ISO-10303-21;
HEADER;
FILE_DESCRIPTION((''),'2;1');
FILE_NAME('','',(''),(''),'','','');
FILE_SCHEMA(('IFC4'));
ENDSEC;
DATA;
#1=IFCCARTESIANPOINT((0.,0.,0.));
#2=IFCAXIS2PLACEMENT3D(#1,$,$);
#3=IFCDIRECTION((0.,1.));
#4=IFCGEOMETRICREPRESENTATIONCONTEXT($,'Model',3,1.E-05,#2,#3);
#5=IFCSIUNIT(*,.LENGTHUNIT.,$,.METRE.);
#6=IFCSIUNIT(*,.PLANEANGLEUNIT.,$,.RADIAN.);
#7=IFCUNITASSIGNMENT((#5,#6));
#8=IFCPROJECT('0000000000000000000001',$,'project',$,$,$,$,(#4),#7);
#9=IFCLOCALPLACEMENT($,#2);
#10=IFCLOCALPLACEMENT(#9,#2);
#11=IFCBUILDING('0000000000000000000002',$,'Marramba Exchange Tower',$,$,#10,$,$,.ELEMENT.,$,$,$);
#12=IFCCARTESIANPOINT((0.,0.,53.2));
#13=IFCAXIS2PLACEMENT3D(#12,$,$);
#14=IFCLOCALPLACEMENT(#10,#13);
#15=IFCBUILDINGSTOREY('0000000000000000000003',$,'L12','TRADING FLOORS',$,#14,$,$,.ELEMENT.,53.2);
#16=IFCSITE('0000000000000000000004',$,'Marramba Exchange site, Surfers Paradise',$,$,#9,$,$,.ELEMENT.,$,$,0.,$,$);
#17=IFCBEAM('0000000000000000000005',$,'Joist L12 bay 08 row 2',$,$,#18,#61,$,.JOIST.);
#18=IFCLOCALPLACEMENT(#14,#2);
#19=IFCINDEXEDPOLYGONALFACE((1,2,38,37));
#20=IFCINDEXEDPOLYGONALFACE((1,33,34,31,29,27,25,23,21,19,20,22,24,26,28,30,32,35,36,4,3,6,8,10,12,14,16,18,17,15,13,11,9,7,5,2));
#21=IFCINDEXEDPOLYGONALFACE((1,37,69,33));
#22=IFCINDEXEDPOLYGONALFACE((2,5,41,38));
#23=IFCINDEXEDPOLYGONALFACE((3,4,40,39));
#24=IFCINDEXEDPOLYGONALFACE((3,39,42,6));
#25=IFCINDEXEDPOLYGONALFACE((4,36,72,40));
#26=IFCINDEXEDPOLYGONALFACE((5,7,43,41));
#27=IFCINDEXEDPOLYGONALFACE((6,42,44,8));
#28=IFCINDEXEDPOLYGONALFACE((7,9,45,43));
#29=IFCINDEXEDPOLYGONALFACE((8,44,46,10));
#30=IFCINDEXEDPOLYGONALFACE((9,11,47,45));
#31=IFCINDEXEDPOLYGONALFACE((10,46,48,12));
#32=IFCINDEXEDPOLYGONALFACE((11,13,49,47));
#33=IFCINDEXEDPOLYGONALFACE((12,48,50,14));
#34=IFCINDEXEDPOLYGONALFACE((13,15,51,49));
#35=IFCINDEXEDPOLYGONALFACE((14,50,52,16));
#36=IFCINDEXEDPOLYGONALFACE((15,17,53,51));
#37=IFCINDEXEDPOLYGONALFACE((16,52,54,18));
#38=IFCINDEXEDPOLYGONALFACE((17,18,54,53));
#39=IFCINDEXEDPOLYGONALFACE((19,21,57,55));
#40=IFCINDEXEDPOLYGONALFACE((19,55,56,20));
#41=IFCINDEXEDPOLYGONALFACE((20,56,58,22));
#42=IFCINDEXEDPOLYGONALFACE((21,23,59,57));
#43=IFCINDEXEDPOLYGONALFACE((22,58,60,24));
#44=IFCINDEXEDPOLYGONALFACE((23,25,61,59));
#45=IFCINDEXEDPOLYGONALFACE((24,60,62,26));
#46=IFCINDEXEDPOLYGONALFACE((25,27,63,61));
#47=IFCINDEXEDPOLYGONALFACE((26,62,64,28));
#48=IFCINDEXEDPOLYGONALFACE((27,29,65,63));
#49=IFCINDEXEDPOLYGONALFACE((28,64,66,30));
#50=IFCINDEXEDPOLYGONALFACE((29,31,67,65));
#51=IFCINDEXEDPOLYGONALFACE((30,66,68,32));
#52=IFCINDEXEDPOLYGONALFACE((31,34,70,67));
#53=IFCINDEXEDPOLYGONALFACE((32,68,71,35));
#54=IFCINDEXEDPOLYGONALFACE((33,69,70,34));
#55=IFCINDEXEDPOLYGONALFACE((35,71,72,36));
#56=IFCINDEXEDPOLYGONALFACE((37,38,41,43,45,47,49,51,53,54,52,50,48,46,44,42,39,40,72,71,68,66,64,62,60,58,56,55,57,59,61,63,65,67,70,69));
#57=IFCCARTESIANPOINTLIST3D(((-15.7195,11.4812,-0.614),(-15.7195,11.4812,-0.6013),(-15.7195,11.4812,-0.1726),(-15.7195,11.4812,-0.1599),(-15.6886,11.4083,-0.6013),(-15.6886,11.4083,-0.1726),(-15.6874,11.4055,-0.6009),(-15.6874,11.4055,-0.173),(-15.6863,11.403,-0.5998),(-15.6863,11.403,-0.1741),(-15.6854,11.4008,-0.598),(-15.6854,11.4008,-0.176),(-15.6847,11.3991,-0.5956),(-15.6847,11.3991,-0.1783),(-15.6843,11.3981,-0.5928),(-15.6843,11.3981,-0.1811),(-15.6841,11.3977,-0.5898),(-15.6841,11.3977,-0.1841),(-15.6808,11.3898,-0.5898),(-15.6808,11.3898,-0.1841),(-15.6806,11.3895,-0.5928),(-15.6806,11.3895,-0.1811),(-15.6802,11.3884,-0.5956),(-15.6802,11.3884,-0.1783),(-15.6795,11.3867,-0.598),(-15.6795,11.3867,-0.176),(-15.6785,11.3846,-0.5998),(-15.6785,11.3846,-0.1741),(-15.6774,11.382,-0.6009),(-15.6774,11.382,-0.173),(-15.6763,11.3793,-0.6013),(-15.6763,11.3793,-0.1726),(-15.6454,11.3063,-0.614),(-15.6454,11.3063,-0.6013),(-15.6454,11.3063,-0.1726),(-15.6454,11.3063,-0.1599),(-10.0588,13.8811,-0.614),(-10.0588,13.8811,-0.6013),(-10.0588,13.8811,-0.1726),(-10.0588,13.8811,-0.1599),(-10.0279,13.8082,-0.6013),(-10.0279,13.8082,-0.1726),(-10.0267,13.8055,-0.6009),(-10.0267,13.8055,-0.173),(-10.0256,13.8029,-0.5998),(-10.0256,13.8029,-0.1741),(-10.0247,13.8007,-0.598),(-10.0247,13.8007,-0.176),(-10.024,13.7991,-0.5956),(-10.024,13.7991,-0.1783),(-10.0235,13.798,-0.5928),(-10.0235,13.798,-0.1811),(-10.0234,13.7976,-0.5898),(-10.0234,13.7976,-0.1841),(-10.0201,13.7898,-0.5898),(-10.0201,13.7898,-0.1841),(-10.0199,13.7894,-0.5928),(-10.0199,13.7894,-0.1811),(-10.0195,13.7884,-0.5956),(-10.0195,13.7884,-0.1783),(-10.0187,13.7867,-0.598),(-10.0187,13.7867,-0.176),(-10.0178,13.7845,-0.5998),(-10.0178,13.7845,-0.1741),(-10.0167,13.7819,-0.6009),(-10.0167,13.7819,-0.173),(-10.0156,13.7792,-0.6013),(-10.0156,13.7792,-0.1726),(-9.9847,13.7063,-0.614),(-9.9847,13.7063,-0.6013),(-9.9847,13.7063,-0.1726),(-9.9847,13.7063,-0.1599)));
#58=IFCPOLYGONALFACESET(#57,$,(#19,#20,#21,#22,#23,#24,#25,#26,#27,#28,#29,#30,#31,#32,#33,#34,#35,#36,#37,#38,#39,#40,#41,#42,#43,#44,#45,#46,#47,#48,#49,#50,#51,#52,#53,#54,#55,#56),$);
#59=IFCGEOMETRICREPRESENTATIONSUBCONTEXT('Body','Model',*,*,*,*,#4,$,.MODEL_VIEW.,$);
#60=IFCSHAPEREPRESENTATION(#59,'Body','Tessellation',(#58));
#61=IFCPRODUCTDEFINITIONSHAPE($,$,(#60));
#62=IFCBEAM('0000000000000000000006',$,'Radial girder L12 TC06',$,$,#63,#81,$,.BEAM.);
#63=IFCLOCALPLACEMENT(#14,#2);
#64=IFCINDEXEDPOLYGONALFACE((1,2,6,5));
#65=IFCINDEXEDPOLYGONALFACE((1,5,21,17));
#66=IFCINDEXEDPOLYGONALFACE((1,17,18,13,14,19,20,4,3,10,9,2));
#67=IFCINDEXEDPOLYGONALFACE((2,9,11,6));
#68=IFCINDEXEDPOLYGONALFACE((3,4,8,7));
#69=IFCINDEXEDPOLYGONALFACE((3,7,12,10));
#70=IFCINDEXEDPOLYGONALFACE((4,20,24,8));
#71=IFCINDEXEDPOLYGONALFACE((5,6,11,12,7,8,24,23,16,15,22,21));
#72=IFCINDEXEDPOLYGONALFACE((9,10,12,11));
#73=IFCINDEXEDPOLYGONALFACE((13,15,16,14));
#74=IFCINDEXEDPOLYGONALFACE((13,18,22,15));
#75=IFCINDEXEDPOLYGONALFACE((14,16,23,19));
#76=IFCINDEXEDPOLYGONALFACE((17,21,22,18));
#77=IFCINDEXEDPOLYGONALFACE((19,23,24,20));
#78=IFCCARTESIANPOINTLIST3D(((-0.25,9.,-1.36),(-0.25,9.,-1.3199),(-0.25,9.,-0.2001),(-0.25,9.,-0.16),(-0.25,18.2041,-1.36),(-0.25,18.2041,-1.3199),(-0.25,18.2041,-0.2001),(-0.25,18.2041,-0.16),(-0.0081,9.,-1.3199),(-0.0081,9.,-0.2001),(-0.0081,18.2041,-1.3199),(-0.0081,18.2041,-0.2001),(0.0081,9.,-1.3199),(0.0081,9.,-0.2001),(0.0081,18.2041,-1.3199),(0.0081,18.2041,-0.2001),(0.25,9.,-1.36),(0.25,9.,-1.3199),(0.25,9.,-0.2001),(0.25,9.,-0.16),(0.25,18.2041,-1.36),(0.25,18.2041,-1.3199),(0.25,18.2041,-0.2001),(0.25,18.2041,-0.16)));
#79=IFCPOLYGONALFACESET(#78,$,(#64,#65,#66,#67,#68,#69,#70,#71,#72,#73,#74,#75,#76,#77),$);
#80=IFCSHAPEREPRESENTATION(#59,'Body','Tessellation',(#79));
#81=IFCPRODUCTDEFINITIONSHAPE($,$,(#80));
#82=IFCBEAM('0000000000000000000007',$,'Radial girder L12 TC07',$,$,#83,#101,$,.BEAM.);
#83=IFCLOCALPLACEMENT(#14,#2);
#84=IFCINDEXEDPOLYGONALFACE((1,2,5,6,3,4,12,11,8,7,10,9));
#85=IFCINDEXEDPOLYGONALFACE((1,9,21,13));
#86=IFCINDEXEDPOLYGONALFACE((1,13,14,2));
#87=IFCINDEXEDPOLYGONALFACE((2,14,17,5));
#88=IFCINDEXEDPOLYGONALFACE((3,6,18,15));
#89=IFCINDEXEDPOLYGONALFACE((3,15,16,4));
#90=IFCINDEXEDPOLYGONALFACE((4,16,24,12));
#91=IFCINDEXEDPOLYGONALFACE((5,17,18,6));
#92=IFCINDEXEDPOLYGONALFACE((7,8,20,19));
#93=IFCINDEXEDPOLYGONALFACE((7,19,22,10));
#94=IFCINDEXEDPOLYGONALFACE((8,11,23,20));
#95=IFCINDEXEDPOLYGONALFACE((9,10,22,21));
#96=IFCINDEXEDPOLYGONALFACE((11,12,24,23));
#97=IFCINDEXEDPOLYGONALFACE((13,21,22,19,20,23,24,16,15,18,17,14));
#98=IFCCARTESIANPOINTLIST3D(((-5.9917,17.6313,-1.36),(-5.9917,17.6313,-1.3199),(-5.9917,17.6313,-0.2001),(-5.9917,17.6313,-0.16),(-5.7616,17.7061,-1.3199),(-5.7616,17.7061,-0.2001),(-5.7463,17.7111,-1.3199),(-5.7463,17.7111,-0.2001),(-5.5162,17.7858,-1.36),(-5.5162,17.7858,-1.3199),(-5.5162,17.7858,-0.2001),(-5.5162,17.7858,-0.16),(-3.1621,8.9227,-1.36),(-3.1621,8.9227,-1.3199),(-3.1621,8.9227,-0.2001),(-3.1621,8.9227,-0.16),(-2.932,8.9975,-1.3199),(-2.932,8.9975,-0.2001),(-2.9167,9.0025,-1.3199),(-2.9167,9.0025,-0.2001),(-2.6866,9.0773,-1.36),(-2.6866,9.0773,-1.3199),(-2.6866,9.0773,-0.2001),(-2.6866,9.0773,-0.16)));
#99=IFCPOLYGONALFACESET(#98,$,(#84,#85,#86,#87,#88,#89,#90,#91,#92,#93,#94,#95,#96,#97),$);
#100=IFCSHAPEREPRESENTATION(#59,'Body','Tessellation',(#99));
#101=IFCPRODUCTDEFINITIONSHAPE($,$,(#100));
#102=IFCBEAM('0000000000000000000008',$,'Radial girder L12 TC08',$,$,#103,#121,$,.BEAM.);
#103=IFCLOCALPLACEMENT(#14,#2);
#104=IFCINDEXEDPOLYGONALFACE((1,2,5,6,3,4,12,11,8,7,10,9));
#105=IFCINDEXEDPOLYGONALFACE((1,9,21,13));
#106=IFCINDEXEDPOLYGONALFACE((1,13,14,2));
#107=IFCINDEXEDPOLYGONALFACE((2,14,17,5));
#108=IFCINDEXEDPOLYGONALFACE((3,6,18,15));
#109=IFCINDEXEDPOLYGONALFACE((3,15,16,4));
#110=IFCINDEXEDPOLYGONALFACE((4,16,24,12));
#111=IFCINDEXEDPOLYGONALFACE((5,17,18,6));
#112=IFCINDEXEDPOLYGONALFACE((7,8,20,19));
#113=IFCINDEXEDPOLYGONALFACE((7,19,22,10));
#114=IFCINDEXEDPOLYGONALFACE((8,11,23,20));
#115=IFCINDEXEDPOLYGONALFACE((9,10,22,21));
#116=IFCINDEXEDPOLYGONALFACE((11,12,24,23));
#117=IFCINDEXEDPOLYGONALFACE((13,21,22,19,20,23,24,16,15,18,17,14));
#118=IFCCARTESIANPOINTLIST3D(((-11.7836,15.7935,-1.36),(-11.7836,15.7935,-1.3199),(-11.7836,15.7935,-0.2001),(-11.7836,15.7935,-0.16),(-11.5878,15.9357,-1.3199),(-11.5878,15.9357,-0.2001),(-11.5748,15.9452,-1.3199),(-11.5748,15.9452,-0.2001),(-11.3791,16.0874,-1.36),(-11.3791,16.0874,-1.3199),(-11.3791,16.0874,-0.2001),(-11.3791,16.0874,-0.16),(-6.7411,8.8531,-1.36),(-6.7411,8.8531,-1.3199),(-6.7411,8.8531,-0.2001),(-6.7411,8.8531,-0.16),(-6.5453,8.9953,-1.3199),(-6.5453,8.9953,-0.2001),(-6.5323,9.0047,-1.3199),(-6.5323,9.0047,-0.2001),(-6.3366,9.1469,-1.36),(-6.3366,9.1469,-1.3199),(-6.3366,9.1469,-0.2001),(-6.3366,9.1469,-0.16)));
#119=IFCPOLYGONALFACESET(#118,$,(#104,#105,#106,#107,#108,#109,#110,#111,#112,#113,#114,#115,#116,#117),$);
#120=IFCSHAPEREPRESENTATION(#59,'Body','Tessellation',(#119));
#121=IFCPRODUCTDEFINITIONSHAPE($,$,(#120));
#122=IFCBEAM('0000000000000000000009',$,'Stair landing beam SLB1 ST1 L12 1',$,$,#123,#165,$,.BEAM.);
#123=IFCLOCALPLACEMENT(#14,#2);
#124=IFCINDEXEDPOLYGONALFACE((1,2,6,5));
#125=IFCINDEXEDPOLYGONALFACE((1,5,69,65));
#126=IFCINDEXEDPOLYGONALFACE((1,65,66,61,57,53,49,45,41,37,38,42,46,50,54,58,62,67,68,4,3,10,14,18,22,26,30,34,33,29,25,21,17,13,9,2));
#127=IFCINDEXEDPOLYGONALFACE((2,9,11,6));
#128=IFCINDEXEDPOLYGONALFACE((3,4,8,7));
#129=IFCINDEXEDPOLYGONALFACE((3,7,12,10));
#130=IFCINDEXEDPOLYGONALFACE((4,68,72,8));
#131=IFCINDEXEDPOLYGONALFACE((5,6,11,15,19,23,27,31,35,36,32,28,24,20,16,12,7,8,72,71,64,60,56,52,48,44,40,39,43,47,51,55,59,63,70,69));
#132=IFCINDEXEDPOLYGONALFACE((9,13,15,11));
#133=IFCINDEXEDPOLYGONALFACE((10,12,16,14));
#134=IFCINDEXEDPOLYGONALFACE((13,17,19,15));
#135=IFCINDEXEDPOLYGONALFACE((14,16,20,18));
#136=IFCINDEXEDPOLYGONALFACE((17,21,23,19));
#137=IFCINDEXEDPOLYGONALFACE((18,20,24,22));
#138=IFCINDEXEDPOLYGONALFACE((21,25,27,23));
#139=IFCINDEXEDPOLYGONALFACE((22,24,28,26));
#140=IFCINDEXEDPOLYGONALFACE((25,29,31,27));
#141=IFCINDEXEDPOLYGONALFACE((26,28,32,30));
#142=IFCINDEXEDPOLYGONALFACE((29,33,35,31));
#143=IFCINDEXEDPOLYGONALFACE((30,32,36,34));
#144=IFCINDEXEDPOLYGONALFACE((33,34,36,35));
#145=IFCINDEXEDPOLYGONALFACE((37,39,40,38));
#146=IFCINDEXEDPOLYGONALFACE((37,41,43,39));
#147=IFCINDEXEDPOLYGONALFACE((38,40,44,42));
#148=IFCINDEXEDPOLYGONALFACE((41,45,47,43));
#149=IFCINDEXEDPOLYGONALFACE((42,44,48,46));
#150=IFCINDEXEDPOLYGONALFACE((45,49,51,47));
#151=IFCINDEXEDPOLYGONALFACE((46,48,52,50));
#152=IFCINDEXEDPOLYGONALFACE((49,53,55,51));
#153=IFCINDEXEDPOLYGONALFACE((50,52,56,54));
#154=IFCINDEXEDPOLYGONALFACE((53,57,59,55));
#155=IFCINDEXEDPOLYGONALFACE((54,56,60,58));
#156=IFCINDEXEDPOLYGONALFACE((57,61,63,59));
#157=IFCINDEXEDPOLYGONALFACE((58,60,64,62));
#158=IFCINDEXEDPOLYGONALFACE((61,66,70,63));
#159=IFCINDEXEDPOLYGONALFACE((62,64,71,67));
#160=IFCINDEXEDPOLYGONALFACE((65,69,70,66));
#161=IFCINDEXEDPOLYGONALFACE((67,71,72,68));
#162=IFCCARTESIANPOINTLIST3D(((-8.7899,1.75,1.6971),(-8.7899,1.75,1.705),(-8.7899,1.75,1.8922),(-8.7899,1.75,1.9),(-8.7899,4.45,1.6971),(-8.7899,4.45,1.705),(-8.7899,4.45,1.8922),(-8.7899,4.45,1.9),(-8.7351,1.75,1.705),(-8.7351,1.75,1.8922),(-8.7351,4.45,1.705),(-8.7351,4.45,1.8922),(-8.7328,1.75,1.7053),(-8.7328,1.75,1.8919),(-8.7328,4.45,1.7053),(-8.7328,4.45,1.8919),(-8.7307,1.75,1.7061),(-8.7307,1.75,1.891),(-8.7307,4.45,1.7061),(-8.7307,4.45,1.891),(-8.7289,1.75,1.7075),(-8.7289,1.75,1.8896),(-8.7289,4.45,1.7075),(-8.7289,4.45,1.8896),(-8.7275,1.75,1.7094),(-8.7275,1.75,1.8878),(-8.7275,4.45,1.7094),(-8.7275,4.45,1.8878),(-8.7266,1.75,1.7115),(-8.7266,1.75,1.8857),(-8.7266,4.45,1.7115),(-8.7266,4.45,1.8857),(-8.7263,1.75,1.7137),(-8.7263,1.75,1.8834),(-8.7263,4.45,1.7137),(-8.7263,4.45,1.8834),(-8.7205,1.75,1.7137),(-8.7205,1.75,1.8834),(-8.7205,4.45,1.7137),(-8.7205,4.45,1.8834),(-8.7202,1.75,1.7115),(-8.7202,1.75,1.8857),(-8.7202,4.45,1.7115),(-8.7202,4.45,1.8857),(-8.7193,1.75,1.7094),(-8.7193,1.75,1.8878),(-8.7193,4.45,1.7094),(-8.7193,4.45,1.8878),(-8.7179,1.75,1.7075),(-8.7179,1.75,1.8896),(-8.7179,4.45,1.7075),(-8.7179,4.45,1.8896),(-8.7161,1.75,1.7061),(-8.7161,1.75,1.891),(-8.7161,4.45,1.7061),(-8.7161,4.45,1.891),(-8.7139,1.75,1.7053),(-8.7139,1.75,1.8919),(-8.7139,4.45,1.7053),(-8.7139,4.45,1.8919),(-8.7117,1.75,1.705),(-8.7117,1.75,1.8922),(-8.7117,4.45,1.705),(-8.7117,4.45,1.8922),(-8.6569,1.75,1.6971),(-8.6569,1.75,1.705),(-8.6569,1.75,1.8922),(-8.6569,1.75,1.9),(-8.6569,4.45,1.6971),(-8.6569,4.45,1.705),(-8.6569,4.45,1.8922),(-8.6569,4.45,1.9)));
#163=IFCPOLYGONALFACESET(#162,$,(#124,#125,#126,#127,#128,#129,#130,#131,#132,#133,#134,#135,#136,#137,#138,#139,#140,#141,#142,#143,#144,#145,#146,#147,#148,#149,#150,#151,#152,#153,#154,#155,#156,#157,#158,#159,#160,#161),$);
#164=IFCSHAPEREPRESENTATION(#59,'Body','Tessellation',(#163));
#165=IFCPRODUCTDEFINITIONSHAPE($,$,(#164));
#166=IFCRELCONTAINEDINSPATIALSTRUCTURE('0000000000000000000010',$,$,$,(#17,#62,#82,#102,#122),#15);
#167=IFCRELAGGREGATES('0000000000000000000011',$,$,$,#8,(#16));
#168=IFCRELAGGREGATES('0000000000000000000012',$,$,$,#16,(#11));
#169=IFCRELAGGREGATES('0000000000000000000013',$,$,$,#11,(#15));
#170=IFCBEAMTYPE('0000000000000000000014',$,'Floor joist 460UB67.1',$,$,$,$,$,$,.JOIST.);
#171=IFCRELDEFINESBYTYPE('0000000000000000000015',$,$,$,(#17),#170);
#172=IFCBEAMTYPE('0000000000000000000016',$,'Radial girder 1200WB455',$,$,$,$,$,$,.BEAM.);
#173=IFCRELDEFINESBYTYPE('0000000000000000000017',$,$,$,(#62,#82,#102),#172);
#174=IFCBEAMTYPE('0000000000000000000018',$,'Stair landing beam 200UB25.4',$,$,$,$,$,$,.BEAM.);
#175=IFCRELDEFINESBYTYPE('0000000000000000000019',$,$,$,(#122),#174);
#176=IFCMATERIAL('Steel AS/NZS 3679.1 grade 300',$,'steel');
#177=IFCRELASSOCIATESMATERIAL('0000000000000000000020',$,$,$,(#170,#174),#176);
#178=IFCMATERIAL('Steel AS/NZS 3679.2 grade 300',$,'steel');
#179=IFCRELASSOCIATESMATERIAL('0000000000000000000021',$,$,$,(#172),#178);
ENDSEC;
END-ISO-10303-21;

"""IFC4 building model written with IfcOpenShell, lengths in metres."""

from ifc_helpers import new_model, si_unit, direction, frame, origin, origin_2d, place, context, subcontext, project, spatial, i_section, extrude, material, material_profile, profile_set, type_object, element, save


model = new_model("IFC4")

# Units and contexts
model_context = context("Model", 3, precision=1e-05, world=origin(), true_north=direction((0.0, 1.0)))
body_context = subcontext(model_context, "Body", "Model", "MODEL_VIEW")
ifc_project = project(units=[si_unit("LENGTHUNIT", "METRE"), si_unit("PLANEANGLEUNIT", "RADIAN")], contexts=[model_context])

# Site, building, storey
site_placement = place(None, origin())
site = spatial("IfcSite", under=ifc_project, at=site_placement, Name="Marramba Exchange site, Surfers Paradise", CompositionType="ELEMENT", RefElevation=0.0)
building_placement = place(site_placement, origin())
building = spatial("IfcBuilding", under=site, at=building_placement, Name="Marramba Exchange Tower", CompositionType="ELEMENT")
storey_placement = place(building_placement, frame((0.0, 0.0, 53.2)))
storey = spatial("IfcBuildingStorey", under=building, at=storey_placement, Name="L12", Description="TRADING FLOORS", CompositionType="ELEMENT", Elevation=53.2)

# Beams
ifc_material_1 = material(Name="Steel AS/NZS 3679.1 grade 300", Category="steel")
ifc_material_profile_1 = material_profile(ifc_material_1, i_section(OverallWidth=0.1899, OverallDepth=0.4541, WebThickness=0.0085, FlangeThickness=0.0127, FilletRadius=0.0115, at=origin_2d()), Name="460UB67.1")
ifc_profile_set_1 = profile_set([ifc_material_profile_1], Name="Steel AS/NZS 3679.1 grade 300")
beam_type_1 = type_object("IfcBeamType", Name="Floor joist 460UB67.1", PredefinedType="JOIST", material=ifc_profile_set_1)
beam_1_placement = place(storey_placement, frame((-10.0217, 13.7937, -0.387), z_axis=(-0.920674, -0.390332, 0.0), x_axis=(0.390332, -0.920674, 0.0)))
element("IfcBeam", 1, at=beam_1_placement, inside=storey, type_object=beam_type_1, Name="Joist L12 bay 08 row 2", PredefinedType="JOIST", context=body_context, shape_type="SweptSolid", body=[
    extrude(i_section(OverallWidth=0.1899, OverallDepth=0.4541, WebThickness=0.0085, FlangeThickness=0.0127, FilletRadius=0.0115, at=origin_2d()), origin(), (0.0, 0.0, 1.0), 6.1484),
])
ifc_material_2 = material(Name="Steel AS/NZS 3679.2 grade 300", Category="steel")
ifc_material_profile_2 = material_profile(ifc_material_2, i_section(OverallWidth=0.5, OverallDepth=1.2, WebThickness=0.0161, FlangeThickness=0.04, at=origin_2d()), Name="1200WB455")
ifc_profile_set_2 = profile_set([ifc_material_profile_2], Name="Steel AS/NZS 3679.2 grade 300")
beam_type_2 = type_object("IfcBeamType", Name="Radial girder 1200WB455", PredefinedType="BEAM", material=ifc_profile_set_2)
beam_2_placement = place(storey_placement, frame((0.0, 9.0, -0.76), z_axis=(0.0, 1.0, 0.0), x_axis=(-1.0, 0.0, 0.0)))
element("IfcBeam", 2, at=beam_2_placement, inside=storey, type_object=beam_type_2, Name="Radial girder L12 TC06", PredefinedType="BEAM", context=body_context, shape_type="SweptSolid", body=[
    extrude(i_section(OverallWidth=0.5, OverallDepth=1.2, WebThickness=0.0161, FlangeThickness=0.04, at=origin_2d()), origin(), (0.0, 0.0, 1.0), 9.2041),
])
beam_3_placement = place(storey_placement, frame((-2.9243, 9.0, -0.76), z_axis=(-0.30902, 0.951056, 0.0), x_axis=(-0.951056, -0.30902, 0.0)))
element("IfcBeam", 3, at=beam_3_placement, inside=storey, type_object=beam_type_2, Name="Radial girder L12 TC07", PredefinedType="BEAM", context=body_context, shape_type="SweptSolid", body=[
    extrude(i_section(OverallWidth=0.5, OverallDepth=1.2, WebThickness=0.0161, FlangeThickness=0.04, at=origin_2d()), origin(), (0.0, 0.0, 1.0), 9.1567),
])
beam_4_placement = place(storey_placement, frame((-6.5388, 9.0, -0.76), z_axis=(-0.587782, 0.809019, 0.0), x_axis=(-0.809019, -0.587782, 0.0)))
element("IfcBeam", 4, at=beam_4_placement, inside=storey, type_object=beam_type_2, Name="Radial girder L12 TC08", PredefinedType="BEAM", context=body_context, shape_type="SweptSolid", body=[
    extrude(i_section(OverallWidth=0.5, OverallDepth=1.2, WebThickness=0.0161, FlangeThickness=0.04, at=origin_2d()), origin(), (0.0, 0.0, 1.0), 8.5789),
])
ifc_material_profile_3 = material_profile(ifc_material_1, i_section(OverallWidth=0.1331, OverallDepth=0.2029, WebThickness=0.0059, FlangeThickness=0.0078, FilletRadius=0.0088, at=origin_2d()), Name="200UB25.4")
ifc_profile_set_3 = profile_set([ifc_material_profile_3], Name="Steel AS/NZS 3679.1 grade 300")
beam_type_3 = type_object("IfcBeamType", Name="Stair landing beam 200UB25.4", PredefinedType="BEAM", material=ifc_profile_set_3)
for number, where, z_axis, x_axis, name in (
    (5, (-8.7234, 1.75, 1.7986), (0.0, 1.0, 0.0), (-1.0, 0.0, 0.0), "Stair landing beam SLB1 ST1 L12 1"),
):
    element("IfcBeam", number, at=place(storey_placement, frame(where, z_axis=z_axis, x_axis=x_axis)), inside=storey, type_object=beam_type_3, Name=name, PredefinedType="BEAM", context=body_context, shape_type="SweptSolid", body=[
        extrude(i_section(OverallWidth=0.1331, OverallDepth=0.2029, WebThickness=0.0059, FlangeThickness=0.0078, FilletRadius=0.0088, at=origin_2d()), origin(), (0.0, 0.0, 1.0), 2.7),
    ])

save(model, "model.ifc")
